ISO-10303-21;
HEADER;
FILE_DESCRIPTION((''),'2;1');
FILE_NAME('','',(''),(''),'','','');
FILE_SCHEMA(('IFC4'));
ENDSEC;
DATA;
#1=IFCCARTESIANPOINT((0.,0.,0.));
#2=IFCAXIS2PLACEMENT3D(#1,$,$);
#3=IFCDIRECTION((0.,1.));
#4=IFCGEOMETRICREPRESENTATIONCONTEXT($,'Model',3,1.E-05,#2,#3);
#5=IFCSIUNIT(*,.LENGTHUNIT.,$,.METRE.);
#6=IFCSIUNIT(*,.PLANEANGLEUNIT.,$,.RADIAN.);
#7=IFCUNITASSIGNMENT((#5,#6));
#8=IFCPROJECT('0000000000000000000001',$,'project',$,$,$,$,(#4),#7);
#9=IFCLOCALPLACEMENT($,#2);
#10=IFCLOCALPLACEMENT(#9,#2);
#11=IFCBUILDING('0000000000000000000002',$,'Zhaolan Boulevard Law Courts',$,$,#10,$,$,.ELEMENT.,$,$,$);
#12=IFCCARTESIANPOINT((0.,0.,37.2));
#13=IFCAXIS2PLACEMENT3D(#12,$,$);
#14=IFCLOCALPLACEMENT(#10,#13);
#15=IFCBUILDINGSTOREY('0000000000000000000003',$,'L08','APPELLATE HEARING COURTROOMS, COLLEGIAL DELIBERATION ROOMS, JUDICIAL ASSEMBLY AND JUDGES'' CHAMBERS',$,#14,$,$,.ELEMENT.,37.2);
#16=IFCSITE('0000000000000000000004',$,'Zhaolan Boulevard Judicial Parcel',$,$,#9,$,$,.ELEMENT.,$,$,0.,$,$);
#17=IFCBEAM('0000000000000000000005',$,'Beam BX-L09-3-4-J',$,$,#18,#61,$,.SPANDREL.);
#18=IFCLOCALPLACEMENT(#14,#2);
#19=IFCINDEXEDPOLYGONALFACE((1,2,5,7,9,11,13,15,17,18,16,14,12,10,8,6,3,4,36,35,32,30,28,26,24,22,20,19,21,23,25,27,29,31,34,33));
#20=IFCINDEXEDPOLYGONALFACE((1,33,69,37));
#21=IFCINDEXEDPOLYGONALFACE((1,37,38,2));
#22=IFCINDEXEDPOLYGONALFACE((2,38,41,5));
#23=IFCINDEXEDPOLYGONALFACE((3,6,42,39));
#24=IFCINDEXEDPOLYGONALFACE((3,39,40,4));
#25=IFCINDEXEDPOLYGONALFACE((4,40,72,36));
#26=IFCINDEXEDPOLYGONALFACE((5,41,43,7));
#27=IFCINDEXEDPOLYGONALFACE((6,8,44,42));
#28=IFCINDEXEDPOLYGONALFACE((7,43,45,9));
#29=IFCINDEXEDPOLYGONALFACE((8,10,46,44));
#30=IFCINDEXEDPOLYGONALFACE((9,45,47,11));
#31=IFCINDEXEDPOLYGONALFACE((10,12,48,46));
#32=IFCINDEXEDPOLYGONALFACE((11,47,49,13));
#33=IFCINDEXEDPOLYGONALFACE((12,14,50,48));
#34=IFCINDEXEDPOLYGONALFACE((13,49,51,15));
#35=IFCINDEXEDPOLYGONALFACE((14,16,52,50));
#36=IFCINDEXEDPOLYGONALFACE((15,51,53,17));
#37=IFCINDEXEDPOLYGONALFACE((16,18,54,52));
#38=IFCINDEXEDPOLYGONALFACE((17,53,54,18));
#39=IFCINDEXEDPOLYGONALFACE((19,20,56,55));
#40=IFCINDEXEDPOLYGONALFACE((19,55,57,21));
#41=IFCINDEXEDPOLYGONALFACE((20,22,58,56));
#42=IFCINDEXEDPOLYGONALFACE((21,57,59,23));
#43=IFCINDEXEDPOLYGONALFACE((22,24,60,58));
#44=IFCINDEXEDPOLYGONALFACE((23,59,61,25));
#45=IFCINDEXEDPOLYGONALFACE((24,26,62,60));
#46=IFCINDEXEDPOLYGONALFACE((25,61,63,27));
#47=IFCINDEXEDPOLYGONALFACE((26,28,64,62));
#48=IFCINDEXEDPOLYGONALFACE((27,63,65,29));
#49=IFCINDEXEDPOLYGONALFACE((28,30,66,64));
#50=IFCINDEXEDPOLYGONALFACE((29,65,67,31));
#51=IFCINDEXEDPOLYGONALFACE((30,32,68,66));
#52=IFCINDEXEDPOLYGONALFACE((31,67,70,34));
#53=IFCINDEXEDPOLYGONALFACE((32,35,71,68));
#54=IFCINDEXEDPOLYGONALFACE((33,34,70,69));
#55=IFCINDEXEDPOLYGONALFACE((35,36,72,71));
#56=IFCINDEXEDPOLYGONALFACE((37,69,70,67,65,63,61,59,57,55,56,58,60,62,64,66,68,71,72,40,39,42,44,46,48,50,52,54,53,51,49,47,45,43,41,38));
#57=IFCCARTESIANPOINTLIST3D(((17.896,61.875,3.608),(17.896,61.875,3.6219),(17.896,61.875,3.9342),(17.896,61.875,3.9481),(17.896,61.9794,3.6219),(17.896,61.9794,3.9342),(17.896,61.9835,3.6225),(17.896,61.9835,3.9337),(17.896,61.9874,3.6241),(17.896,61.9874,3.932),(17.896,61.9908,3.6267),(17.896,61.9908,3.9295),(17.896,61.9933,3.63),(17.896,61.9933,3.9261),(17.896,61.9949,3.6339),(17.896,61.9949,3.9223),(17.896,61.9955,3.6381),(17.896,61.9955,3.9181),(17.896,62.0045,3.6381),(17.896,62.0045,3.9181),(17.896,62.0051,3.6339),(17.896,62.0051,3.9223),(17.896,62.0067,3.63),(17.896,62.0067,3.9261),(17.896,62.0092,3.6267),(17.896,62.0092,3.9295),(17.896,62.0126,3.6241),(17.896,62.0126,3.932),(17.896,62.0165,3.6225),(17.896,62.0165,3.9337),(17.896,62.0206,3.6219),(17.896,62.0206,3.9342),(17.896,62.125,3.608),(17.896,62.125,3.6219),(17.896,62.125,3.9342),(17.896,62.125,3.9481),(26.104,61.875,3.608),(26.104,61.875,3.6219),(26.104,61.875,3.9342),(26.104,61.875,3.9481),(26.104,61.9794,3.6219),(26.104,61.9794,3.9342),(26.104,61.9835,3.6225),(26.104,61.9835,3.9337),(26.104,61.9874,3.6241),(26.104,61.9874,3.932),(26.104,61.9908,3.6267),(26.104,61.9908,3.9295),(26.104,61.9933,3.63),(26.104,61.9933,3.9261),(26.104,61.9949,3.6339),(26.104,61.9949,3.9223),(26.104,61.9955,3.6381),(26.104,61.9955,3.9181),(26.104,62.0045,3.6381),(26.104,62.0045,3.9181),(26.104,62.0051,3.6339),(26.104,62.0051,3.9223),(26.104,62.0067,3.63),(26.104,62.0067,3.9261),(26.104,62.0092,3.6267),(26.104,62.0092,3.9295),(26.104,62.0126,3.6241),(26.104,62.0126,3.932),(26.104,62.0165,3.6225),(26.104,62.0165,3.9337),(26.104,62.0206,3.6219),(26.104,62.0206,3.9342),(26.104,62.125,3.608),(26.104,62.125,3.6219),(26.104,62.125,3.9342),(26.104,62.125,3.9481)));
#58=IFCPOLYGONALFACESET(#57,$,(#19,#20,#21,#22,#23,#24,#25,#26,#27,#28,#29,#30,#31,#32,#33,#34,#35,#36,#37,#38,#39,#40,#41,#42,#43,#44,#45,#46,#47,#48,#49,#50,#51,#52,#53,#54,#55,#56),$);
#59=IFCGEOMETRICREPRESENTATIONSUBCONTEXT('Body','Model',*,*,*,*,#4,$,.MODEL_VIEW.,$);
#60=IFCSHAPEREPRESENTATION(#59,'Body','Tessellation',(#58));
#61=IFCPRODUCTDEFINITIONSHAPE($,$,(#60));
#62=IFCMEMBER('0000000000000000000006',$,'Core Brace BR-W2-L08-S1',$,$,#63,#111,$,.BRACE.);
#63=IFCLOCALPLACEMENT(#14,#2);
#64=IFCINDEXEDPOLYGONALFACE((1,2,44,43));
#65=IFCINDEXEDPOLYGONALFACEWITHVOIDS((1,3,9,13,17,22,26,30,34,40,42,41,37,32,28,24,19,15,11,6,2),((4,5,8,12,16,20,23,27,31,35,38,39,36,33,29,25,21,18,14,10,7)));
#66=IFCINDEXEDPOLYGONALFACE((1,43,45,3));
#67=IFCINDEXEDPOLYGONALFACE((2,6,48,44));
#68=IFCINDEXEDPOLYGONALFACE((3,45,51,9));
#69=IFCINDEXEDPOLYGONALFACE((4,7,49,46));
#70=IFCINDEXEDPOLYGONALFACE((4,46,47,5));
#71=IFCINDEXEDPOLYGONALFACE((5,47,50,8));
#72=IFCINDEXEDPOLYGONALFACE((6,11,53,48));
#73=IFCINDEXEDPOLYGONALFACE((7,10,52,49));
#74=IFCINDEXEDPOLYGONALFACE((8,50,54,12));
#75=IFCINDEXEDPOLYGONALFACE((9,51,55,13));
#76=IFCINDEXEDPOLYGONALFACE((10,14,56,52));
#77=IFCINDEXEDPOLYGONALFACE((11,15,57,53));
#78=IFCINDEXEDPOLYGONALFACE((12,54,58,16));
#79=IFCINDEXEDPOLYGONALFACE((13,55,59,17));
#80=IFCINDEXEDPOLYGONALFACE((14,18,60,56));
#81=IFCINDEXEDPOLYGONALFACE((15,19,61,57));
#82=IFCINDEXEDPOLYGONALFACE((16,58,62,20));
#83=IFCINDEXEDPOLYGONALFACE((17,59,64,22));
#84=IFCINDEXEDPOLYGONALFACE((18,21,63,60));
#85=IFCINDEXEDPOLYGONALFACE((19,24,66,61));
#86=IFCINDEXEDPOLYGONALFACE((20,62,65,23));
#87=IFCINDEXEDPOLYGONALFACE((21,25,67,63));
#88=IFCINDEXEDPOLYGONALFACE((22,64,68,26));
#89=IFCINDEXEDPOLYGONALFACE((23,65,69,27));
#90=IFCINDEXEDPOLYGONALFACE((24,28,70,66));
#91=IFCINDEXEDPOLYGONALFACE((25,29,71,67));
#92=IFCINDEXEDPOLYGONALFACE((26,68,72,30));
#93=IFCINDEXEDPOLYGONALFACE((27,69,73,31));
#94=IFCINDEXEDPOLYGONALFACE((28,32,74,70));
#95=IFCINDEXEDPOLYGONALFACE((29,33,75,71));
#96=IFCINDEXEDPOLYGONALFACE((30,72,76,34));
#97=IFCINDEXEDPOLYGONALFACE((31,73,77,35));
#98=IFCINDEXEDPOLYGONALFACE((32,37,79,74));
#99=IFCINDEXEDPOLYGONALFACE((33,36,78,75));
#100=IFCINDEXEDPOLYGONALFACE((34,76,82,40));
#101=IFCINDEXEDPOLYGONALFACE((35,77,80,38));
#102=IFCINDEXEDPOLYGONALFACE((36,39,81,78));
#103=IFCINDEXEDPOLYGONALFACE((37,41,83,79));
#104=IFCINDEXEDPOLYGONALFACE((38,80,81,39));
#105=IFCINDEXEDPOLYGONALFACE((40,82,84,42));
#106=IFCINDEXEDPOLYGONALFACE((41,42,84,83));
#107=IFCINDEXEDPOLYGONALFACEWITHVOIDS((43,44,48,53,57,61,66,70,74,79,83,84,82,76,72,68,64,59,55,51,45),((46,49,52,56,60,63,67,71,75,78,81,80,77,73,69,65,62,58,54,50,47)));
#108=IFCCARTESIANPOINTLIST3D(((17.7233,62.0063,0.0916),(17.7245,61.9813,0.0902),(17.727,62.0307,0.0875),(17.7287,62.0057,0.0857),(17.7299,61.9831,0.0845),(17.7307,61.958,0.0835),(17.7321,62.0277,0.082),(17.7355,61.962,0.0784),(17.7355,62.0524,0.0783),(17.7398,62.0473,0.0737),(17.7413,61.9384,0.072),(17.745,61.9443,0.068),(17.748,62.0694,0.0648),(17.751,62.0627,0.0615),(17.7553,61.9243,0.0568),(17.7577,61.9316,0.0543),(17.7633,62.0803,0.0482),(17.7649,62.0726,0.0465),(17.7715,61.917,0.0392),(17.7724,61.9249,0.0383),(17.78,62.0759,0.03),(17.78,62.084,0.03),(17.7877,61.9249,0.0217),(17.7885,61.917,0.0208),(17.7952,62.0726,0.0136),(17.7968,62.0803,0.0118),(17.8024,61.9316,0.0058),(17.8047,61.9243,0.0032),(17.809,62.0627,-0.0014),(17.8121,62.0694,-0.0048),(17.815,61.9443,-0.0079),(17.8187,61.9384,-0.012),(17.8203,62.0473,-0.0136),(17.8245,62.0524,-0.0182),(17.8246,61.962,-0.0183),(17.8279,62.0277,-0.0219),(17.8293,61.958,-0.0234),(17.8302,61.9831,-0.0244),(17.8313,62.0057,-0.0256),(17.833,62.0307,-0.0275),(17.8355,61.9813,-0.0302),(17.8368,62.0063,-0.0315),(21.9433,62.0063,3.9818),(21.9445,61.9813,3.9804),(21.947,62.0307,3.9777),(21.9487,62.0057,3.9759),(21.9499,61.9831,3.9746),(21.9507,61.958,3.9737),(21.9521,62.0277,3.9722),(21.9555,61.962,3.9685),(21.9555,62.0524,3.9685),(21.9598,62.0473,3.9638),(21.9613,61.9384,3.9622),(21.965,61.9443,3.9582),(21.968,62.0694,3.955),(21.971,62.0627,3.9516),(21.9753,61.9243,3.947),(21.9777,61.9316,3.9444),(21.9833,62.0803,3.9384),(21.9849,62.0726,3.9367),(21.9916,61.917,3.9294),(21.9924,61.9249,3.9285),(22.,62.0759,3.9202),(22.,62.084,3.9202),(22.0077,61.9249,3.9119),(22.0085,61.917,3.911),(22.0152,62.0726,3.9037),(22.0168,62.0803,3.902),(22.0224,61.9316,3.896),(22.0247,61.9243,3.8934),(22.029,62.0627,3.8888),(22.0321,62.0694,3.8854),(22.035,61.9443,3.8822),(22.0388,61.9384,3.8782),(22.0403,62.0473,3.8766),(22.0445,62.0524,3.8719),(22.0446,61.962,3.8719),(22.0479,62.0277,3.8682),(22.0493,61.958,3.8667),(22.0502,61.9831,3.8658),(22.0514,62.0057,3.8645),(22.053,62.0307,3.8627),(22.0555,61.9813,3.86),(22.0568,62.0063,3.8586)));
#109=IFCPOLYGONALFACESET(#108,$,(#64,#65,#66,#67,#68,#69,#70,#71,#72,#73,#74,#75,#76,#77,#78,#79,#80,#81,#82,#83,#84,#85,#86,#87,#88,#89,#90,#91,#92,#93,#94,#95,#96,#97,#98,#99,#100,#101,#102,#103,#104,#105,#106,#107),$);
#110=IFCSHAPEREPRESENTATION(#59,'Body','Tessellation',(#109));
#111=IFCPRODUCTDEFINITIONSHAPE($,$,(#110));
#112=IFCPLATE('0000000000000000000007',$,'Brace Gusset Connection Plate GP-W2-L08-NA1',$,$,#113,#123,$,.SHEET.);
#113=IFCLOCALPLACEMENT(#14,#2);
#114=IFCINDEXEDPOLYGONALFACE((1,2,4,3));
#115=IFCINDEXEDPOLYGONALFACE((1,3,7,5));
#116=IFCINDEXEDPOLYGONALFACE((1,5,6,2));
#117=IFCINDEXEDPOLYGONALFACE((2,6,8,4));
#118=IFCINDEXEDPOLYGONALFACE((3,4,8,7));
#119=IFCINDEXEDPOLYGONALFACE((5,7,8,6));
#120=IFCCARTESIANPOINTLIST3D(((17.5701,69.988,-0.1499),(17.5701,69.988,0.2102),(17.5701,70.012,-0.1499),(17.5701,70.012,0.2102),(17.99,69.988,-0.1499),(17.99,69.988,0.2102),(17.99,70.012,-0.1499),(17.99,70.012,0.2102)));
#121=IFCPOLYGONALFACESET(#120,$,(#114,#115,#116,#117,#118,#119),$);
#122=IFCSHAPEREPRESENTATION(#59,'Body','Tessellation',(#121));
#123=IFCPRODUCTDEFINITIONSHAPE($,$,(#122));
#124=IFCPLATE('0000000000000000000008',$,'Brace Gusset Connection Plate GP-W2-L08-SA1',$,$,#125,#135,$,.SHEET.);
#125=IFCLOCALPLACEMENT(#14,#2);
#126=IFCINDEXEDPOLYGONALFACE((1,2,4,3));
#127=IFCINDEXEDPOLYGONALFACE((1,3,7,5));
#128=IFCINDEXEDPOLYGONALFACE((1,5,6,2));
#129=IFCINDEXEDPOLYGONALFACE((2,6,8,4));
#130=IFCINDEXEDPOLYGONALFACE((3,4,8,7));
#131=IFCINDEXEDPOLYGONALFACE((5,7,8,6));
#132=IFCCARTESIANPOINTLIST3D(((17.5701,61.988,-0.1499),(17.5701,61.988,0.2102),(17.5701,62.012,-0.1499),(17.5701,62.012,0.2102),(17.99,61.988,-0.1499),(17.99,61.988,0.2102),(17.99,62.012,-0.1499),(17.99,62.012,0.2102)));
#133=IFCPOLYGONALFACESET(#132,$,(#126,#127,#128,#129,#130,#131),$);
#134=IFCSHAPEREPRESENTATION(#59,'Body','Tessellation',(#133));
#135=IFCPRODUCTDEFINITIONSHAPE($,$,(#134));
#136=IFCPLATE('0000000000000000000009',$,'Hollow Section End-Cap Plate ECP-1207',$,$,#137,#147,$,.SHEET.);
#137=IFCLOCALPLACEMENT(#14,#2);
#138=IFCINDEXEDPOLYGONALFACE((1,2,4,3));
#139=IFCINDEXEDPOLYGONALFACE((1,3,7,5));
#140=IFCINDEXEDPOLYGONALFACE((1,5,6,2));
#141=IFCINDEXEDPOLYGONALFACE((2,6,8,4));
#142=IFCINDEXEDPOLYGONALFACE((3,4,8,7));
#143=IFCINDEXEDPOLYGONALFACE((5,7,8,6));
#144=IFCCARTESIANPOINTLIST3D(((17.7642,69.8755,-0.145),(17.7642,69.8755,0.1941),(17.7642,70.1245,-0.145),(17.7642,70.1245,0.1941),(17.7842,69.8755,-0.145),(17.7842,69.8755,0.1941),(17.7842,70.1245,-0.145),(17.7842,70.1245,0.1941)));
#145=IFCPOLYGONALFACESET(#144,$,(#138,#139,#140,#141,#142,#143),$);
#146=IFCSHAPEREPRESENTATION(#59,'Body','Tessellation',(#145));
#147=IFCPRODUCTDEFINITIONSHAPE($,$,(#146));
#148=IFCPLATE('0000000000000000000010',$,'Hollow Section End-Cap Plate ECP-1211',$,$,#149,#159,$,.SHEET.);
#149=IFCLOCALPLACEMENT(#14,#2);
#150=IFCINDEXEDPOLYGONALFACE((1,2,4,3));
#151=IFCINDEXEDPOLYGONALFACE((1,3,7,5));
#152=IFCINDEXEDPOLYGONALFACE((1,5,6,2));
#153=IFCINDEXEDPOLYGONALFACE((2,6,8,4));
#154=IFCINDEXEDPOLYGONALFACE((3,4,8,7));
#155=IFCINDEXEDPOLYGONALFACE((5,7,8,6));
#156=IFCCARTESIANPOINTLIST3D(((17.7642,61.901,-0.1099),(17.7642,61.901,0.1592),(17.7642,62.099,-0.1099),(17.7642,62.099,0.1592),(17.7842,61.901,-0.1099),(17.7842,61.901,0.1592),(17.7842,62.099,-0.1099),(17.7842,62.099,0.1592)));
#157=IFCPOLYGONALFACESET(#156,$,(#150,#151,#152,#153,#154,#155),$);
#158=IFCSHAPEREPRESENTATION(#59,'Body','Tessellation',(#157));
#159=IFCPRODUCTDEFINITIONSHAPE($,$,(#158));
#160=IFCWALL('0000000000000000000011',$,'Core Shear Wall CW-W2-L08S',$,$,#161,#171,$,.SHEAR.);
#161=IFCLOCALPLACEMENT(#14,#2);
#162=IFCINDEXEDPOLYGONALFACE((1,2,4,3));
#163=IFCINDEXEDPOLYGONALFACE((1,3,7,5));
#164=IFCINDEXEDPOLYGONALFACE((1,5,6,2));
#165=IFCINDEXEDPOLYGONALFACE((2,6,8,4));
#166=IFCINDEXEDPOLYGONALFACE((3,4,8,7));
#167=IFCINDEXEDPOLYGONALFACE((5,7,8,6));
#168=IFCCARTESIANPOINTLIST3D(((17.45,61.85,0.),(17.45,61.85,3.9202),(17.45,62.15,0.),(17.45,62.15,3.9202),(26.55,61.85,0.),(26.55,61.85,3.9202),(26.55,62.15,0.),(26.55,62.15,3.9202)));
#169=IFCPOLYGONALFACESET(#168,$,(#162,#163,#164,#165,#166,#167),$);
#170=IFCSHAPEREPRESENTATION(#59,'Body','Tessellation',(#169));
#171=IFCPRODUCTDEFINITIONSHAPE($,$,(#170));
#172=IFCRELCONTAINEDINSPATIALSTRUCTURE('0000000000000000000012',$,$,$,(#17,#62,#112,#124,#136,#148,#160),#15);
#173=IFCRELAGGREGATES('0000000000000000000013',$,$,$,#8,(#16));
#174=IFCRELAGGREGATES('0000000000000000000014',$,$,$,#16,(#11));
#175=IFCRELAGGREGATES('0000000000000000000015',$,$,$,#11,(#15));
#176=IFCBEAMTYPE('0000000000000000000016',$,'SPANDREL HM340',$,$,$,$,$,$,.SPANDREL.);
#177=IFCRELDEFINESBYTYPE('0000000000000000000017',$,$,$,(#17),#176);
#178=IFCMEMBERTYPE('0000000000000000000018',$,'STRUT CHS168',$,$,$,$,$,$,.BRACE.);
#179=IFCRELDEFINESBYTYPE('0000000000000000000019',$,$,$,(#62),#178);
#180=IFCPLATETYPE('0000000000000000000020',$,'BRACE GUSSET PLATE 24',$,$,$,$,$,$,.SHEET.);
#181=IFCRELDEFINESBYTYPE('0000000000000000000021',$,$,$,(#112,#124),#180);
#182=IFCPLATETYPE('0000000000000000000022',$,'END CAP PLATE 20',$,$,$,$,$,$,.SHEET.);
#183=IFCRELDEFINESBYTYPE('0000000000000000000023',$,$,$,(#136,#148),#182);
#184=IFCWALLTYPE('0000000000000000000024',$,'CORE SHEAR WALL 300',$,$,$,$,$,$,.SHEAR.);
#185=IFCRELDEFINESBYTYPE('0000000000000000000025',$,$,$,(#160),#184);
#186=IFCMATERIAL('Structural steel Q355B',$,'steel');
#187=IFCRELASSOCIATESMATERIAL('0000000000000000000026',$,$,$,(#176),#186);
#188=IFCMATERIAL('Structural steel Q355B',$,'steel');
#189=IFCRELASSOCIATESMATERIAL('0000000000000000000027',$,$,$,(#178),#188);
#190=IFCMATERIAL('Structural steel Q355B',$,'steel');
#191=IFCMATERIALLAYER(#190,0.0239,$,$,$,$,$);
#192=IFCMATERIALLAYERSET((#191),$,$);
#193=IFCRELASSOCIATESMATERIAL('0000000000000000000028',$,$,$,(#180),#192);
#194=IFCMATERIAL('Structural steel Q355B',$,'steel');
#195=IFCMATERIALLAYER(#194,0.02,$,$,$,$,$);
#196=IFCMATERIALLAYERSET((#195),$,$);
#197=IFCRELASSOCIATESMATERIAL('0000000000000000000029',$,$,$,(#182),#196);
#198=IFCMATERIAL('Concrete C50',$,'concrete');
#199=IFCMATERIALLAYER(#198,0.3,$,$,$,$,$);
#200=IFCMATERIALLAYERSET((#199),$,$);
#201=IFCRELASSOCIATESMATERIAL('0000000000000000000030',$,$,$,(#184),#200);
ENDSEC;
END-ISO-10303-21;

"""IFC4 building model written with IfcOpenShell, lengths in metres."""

from ifc_helpers import new_model, si_unit, direction, frame, frame_2d, origin, origin_2d, place, context, subcontext, project, spatial, rectangle, hollow_circle, i_section, extrude, material, layer, layer_set, material_profile, profile_set, type_object, element, save


model = new_model("IFC4")

# Units and contexts
model_context = context("Model", 3, precision=1e-05, world=origin(), true_north=direction((0.0, 1.0)))
body_context = subcontext(model_context, "Body", "Model", "MODEL_VIEW")
ifc_project = project(units=[si_unit("LENGTHUNIT", "METRE"), si_unit("PLANEANGLEUNIT", "RADIAN")], contexts=[model_context])

# Site, building, storey
site_placement = place(None, origin())
site = spatial("IfcSite", under=ifc_project, at=site_placement, Name="Zhaolan Boulevard Judicial Parcel", CompositionType="ELEMENT", RefElevation=0.0)
building_placement = place(site_placement, origin())
building = spatial("IfcBuilding", under=site, at=building_placement, Name="Zhaolan Boulevard Law Courts", CompositionType="ELEMENT")
storey_placement = place(building_placement, frame((0.0, 0.0, 37.2)))
storey = spatial("IfcBuildingStorey", under=building, at=storey_placement, Name="L08", Description="APPELLATE HEARING COURTROOMS, COLLEGIAL DELIBERATION ROOMS, JUDICIAL ASSEMBLY AND JUDGES' CHAMBERS", CompositionType="ELEMENT", Elevation=37.2)

# Beam
ifc_material_1 = material(Name="Structural steel Q355B", Category="steel")
ifc_material_profile_1 = material_profile(ifc_material_1, i_section(OverallWidth=0.25, OverallDepth=0.3401, WebThickness=0.009, FlangeThickness=0.0139, FilletRadius=0.0161, at=origin_2d()), Name="HM340x250")
ifc_profile_set_1 = profile_set([ifc_material_profile_1], Name="Structural steel Q355B")
beam_type_1 = type_object("IfcBeamType", Name="SPANDREL HM340", PredefinedType="SPANDREL", material=ifc_profile_set_1)
beam_1_placement = place(storey_placement, frame((17.896, 62.0, 3.7781), z_axis=(1.0, 0.0, 0.0), x_axis=(0.0, 1.0, 0.0)))
element("IfcBeam", 1, at=beam_1_placement, inside=storey, type_object=beam_type_1, Name="Beam BX-L09-3-4-J", PredefinedType="SPANDREL", context=body_context, shape_type="SweptSolid", body=[
    extrude(i_section(OverallWidth=0.25, OverallDepth=0.3401, WebThickness=0.009, FlangeThickness=0.0139, FilletRadius=0.0161, at=origin_2d()), origin(), (0.0, 0.0, 1.0), 8.208),
])

# Member
ifc_material_2 = material(Name="Structural steel Q355B", Category="steel")
ifc_material_profile_2 = material_profile(ifc_material_2, hollow_circle(Radius=0.084, WallThickness=0.0081, at=origin_2d()), Name="CHS168x8")
ifc_profile_set_2 = profile_set([ifc_material_profile_2], Name="Structural steel Q355B")
member_type_1 = type_object("IfcMemberType", Name="STRUT CHS168", PredefinedType="BRACE", material=ifc_profile_set_2)
member_1_placement = place(storey_placement, frame((17.78, 62.0, 0.03), z_axis=(0.735257, 0.0, 0.677789), x_axis=(0.0, 1.0, 0.0)))
element("IfcMember", 2, at=member_1_placement, inside=storey, type_object=member_type_1, Name="Core Brace BR-W2-L08-S1", PredefinedType="BRACE", context=body_context, shape_type="SweptSolid", body=[
    extrude(hollow_circle(Radius=0.084, WallThickness=0.0081, at=origin_2d()), origin(), (0.0, 0.0, 1.0), 5.7395),
])

# Plates
ifc_material_3 = material(Name="Structural steel Q355B", Category="steel")
ifc_layer_1 = layer(ifc_material_3, 0.0239)
ifc_layer_set_1 = layer_set([ifc_layer_1])
plate_type_1 = type_object("IfcPlateType", Name="BRACE GUSSET PLATE 24", PredefinedType="SHEET", material=ifc_layer_set_1)
for number, where, z_axis, x_axis, name in (
    (3, (17.78, 70.0, -0.1499), (0.0, 0.0, 1.0), (1.0, 0.0, 0.0), "Brace Gusset Connection Plate GP-W2-L08-NA1"),
    (4, (17.78, 62.0, -0.1499), (0.0, 0.0, 1.0), (1.0, 0.0, 0.0), "Brace Gusset Connection Plate GP-W2-L08-SA1"),
):
    element("IfcPlate", number, at=place(storey_placement, frame(where, z_axis=z_axis, x_axis=x_axis)), inside=storey, type_object=plate_type_1, Name=name, PredefinedType="SHEET", context=body_context, shape_type="SweptSolid", body=[
        extrude(rectangle(XDim=0.4199, YDim=0.0239, at=origin_2d()), origin(), (0.0, 0.0, 1.0), 0.3601),
    ])
ifc_material_4 = material(Name="Structural steel Q355B", Category="steel")
ifc_layer_2 = layer(ifc_material_4, 0.02)
ifc_layer_set_2 = layer_set([ifc_layer_2])
plate_type_2 = type_object("IfcPlateType", Name="END CAP PLATE 20", PredefinedType="SHEET", material=ifc_layer_set_2)
plate_1_placement = place(storey_placement, frame((17.7742, 70.0, -0.145), z_axis=(0.0, 0.0, 1.0), x_axis=(1.0, 0.0, 0.0)))
element("IfcPlate", 5, at=plate_1_placement, inside=storey, type_object=plate_type_2, Name="Hollow Section End-Cap Plate ECP-1207", PredefinedType="SHEET", context=body_context, shape_type="SweptSolid", body=[
    extrude(rectangle(XDim=0.02, YDim=0.249, at=origin_2d()), origin(), (0.0, 0.0, 1.0), 0.3391),
])
plate_2_placement = place(storey_placement, frame((17.7742, 62.0, -0.1099), z_axis=(0.0, 0.0, 1.0), x_axis=(1.0, 0.0, 0.0)))
element("IfcPlate", 6, at=plate_2_placement, inside=storey, type_object=plate_type_2, Name="Hollow Section End-Cap Plate ECP-1211", PredefinedType="SHEET", context=body_context, shape_type="SweptSolid", body=[
    extrude(rectangle(XDim=0.02, YDim=0.198, at=origin_2d()), origin(), (0.0, 0.0, 1.0), 0.269),
])

# Wall
ifc_material_5 = material(Name="Concrete C50", Category="concrete")
ifc_layer_3 = layer(ifc_material_5, 0.3)
ifc_layer_set_3 = layer_set([ifc_layer_3])
wall_type_1 = type_object("IfcWallType", Name="CORE SHEAR WALL 300", PredefinedType="SHEAR", material=ifc_layer_set_3)
wall_1_placement = place(storey_placement, frame((17.45, 62.0, 0.0), z_axis=(0.0, 0.0, 1.0), x_axis=(1.0, 0.0, 0.0)))
element("IfcWall", 7, at=wall_1_placement, inside=storey, type_object=wall_type_1, Name="Core Shear Wall CW-W2-L08S", PredefinedType="SHEAR", context=body_context, shape_type="SweptSolid", body=[
    extrude(rectangle(XDim=9.1001, YDim=0.3, at=frame_2d((4.55, 0.0))), origin(), (0.0, 0.0, 1.0), 3.9202),
])

save(model, "model.ifc")
